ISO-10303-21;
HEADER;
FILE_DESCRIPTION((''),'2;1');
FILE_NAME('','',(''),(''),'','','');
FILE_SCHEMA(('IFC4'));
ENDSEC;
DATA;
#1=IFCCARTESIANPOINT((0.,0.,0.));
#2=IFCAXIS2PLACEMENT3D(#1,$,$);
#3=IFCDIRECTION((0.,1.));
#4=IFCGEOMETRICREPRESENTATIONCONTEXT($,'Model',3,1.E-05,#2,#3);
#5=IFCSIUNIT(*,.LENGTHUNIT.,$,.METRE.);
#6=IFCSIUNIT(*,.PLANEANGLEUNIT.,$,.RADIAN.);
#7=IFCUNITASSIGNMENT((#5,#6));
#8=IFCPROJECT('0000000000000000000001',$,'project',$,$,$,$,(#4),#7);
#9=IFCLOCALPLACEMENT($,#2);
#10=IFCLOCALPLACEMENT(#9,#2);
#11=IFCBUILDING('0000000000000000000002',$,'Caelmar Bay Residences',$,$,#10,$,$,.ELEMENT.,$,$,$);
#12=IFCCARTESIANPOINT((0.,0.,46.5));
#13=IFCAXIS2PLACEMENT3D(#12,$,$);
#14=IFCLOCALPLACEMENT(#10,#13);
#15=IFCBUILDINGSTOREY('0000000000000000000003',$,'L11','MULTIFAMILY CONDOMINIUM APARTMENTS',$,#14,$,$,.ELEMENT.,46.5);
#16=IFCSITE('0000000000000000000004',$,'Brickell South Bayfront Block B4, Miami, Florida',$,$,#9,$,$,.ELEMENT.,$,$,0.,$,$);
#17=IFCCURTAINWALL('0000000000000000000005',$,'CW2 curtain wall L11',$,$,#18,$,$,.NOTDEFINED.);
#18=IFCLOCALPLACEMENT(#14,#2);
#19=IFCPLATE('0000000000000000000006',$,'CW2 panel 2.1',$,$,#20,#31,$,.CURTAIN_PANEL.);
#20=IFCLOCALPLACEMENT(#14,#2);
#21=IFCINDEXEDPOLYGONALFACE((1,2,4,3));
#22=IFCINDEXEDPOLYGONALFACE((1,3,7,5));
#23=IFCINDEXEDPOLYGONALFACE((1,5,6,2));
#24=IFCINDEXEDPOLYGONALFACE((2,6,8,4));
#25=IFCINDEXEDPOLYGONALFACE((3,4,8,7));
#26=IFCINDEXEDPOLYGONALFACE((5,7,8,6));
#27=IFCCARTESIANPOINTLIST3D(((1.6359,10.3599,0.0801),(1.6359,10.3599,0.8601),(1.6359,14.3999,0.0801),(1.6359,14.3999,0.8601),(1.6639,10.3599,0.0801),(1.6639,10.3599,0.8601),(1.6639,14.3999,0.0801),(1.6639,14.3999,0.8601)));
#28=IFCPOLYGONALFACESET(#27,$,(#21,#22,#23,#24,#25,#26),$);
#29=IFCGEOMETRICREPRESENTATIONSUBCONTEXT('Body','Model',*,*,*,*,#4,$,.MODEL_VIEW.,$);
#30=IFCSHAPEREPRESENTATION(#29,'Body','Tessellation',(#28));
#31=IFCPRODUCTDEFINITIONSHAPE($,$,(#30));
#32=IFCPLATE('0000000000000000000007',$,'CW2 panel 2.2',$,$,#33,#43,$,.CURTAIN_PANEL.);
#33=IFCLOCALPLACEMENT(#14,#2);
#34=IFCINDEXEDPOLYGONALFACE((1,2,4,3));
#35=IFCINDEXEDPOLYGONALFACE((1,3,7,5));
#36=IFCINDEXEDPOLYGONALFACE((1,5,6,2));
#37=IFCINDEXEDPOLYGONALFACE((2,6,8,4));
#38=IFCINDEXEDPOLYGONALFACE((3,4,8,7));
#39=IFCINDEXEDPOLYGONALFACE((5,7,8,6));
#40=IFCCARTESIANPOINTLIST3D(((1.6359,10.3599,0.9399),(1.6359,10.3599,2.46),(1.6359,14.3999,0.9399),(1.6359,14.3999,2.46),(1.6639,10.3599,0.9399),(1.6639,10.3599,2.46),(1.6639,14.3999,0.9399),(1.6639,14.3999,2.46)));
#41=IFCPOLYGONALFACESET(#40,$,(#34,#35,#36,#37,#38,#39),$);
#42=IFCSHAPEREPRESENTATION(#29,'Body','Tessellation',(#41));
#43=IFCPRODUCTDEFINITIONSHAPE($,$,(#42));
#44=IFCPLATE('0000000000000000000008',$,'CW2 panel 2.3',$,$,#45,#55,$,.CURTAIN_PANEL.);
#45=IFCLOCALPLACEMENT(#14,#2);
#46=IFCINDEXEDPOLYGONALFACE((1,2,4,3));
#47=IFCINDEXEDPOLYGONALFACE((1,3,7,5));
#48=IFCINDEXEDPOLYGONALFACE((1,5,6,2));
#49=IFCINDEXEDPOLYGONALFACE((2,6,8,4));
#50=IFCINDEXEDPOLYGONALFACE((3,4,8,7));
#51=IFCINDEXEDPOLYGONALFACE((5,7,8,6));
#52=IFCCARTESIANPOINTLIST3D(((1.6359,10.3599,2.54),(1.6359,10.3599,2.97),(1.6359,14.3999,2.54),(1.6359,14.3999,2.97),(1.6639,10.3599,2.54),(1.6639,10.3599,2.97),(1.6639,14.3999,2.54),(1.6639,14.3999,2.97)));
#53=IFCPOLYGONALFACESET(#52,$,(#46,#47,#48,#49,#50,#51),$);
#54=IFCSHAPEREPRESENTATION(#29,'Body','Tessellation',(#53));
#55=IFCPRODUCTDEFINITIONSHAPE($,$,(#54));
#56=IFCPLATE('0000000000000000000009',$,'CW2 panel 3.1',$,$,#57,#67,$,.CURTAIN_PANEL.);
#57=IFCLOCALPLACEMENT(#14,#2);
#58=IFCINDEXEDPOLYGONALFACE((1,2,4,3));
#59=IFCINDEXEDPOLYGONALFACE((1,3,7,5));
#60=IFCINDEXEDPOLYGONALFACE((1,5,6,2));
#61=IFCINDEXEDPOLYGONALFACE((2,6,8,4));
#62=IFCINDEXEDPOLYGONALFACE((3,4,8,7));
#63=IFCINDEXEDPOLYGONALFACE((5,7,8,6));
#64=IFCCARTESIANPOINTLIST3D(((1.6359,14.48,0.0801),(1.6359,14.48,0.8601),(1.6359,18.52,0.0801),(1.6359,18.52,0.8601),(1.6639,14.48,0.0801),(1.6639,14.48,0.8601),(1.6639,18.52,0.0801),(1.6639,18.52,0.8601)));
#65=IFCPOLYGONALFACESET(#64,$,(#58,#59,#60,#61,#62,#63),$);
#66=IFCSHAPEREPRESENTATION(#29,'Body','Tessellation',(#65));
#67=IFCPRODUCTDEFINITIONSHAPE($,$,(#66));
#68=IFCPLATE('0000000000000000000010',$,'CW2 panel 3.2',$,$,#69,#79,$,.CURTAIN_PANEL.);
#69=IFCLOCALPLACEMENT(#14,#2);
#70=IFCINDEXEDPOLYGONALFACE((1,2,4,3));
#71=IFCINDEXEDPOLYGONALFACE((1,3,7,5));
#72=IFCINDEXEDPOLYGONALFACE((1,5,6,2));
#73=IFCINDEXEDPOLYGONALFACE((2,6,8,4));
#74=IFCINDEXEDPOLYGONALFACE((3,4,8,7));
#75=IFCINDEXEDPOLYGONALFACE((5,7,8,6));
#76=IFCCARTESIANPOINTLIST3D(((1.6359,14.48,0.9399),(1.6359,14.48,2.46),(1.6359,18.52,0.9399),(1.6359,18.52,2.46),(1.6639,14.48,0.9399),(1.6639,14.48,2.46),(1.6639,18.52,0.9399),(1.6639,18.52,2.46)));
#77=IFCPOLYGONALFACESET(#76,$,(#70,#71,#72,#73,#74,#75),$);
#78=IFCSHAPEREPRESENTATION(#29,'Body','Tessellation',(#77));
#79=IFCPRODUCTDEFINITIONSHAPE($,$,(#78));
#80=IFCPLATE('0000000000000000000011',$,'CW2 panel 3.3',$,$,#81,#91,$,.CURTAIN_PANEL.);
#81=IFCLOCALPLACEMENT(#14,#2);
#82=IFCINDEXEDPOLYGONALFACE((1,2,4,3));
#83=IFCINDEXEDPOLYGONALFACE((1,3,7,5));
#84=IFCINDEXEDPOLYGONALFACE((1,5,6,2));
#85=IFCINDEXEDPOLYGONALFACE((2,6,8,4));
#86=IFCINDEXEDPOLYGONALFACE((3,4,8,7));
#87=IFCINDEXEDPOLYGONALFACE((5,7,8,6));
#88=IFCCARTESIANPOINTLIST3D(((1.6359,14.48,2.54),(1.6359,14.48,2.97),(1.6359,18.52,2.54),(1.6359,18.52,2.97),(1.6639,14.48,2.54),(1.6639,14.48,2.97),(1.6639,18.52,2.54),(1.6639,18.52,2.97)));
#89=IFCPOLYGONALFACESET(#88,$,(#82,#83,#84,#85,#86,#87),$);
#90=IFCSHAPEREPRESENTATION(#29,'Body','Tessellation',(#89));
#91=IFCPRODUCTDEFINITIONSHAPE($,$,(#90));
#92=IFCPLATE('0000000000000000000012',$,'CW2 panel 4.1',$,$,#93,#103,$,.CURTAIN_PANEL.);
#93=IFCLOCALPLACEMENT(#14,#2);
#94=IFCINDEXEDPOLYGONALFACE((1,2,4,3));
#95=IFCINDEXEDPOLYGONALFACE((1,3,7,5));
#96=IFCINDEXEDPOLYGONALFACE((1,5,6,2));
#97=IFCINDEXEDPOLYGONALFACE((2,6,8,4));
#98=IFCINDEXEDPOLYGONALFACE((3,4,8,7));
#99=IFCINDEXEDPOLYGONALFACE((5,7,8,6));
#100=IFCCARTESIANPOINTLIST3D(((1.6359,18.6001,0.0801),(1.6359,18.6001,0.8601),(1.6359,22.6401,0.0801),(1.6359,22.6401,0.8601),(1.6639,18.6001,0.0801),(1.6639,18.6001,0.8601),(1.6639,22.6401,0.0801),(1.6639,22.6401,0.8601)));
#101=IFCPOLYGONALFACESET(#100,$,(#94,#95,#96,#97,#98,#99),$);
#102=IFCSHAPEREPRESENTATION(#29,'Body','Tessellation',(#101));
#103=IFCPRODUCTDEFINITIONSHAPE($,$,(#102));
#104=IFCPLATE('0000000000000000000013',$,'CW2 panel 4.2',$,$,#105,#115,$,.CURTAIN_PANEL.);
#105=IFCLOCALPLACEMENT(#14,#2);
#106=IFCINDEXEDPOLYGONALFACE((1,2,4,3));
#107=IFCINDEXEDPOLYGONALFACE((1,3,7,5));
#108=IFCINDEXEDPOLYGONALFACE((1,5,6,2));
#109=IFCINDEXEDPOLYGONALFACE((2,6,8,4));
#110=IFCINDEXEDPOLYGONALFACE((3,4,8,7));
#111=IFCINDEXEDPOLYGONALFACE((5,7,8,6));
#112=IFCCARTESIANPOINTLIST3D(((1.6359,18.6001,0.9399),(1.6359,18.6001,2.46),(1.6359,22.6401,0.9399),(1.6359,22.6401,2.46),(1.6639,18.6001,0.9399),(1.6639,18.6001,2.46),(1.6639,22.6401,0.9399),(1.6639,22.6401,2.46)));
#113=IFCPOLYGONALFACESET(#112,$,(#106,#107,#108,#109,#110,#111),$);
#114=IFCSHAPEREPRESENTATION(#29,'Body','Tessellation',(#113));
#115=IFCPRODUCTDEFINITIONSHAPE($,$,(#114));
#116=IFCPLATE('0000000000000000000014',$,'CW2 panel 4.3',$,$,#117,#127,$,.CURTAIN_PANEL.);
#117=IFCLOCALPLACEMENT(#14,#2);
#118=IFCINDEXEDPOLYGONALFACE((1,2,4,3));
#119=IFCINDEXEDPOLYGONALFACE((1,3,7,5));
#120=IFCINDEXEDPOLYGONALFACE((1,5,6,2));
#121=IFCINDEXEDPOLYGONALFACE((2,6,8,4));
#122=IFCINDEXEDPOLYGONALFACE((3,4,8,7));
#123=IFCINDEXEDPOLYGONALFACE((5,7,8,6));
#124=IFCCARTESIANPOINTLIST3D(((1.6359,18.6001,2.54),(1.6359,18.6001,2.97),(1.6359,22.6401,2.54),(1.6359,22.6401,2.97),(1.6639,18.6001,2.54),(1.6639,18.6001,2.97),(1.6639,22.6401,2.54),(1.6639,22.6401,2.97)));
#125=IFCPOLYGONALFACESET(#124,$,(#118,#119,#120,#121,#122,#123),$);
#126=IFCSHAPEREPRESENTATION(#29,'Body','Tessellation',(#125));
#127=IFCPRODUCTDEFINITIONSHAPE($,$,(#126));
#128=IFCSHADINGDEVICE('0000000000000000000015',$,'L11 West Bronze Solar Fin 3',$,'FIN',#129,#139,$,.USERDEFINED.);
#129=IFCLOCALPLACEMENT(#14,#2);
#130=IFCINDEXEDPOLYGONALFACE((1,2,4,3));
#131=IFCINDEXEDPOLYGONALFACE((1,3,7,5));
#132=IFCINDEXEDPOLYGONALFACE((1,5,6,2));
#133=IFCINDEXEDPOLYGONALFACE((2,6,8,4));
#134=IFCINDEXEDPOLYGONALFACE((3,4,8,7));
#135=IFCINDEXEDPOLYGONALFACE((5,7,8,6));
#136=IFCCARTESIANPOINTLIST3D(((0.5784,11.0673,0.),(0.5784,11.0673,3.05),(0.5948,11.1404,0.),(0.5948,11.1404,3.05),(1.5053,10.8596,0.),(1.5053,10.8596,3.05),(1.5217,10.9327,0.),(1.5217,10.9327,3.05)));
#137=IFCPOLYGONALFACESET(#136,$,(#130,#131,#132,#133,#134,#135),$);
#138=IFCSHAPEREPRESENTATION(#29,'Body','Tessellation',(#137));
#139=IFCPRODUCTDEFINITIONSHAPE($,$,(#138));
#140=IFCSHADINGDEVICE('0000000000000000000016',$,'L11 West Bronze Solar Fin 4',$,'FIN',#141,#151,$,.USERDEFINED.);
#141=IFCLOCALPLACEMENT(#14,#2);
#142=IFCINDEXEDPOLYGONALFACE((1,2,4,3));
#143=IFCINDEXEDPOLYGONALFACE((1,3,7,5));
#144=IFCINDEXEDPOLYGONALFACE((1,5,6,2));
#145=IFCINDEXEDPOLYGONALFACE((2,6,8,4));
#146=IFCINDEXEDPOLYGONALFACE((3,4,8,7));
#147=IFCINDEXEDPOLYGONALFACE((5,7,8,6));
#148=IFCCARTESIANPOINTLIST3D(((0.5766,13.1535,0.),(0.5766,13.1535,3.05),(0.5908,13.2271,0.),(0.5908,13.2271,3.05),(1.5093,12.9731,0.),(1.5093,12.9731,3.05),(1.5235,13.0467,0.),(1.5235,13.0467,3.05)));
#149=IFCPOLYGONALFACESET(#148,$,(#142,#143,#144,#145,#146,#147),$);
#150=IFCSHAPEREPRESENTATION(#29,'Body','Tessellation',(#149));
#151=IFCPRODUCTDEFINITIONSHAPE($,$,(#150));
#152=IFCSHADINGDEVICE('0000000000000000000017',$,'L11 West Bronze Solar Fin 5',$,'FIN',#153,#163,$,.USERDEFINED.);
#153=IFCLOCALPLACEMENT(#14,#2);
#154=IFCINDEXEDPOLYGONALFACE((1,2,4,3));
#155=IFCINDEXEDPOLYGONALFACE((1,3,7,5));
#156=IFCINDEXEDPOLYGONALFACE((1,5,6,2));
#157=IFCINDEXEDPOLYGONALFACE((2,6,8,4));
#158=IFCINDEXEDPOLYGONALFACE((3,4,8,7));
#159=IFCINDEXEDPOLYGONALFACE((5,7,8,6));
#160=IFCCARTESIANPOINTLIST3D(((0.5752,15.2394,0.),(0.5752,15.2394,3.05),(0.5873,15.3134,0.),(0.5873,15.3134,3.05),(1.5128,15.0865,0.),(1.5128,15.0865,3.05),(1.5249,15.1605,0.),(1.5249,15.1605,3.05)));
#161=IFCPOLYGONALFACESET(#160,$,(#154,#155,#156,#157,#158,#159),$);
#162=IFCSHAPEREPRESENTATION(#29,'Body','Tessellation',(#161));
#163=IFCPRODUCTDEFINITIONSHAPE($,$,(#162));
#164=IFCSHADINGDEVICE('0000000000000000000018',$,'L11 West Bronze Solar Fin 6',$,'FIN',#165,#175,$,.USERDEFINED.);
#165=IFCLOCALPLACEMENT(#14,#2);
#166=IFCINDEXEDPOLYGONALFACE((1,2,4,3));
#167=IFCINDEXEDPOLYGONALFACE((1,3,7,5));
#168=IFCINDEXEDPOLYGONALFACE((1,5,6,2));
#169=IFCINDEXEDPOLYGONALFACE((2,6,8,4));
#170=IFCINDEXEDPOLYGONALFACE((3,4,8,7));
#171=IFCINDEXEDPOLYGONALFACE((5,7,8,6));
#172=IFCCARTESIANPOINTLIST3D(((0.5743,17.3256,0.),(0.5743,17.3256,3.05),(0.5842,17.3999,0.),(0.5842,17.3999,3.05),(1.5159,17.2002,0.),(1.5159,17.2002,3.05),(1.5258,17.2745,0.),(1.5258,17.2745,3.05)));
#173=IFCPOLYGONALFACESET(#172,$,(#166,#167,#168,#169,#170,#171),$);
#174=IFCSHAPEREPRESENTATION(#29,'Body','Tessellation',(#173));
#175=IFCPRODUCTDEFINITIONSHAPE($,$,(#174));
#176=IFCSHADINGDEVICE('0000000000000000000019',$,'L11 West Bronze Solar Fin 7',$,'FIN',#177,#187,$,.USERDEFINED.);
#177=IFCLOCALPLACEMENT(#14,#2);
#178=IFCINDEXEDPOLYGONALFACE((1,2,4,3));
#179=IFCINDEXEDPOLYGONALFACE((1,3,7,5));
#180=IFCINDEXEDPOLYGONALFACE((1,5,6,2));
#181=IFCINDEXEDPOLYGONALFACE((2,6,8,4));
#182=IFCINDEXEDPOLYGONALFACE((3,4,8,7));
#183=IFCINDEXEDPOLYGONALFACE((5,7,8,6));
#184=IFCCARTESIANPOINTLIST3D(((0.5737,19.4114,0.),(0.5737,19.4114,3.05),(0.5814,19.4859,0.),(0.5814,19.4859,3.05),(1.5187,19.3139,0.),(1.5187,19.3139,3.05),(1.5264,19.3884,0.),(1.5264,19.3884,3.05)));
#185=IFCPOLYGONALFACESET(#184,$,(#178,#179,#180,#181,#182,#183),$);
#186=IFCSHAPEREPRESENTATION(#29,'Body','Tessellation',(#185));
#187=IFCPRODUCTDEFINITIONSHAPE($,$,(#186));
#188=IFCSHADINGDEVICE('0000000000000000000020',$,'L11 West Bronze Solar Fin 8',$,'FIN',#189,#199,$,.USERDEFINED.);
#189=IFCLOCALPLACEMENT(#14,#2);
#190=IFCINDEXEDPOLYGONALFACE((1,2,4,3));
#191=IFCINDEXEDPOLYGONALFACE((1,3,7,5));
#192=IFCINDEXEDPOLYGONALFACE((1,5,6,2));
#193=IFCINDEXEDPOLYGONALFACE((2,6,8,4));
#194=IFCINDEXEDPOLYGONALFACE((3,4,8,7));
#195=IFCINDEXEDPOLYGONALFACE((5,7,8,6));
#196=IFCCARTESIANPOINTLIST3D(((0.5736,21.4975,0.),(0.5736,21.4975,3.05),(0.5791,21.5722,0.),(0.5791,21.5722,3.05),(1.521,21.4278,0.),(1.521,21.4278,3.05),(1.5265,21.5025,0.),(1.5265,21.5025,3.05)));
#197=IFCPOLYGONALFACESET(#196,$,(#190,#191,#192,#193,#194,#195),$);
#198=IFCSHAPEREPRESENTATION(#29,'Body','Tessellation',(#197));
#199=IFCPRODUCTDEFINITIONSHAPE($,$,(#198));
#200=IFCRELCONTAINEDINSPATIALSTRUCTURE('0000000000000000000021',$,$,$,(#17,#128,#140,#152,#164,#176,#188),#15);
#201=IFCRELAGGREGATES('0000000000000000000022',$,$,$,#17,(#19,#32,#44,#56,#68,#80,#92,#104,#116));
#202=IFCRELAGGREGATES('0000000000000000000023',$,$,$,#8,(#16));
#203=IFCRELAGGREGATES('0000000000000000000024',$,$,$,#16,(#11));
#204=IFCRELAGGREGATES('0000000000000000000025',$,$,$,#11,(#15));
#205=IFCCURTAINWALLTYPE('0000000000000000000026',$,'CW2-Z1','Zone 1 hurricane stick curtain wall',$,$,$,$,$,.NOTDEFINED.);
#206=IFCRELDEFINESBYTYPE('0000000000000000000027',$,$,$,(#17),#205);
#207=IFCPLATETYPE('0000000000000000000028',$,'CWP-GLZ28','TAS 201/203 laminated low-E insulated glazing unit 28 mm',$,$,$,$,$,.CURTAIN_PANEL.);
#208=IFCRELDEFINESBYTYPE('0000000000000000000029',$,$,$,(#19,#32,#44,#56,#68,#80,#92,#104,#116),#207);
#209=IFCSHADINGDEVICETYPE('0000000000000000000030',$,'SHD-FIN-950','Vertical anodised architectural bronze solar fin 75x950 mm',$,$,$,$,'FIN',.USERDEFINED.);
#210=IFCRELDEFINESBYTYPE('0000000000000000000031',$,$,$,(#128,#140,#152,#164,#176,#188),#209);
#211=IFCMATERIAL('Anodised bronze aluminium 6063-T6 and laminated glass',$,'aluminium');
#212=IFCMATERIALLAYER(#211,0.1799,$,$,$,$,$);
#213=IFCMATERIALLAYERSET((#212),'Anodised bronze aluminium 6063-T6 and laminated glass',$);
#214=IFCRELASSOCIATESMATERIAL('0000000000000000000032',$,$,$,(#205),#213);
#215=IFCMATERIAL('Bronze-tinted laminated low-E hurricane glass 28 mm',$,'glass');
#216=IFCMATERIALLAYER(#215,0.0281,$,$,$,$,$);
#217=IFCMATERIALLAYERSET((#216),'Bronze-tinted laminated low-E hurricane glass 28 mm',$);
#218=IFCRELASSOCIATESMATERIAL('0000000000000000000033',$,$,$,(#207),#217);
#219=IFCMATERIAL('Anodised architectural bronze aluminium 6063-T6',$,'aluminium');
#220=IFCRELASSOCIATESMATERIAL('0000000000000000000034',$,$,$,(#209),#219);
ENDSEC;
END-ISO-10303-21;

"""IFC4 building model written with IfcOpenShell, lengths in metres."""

from ifc_helpers import new_model, si_unit, direction, frame, origin, origin_2d, place, context, subcontext, project, spatial, rectangle, extrude, material, layer, layer_set, material_profile, profile_set, type_object, element, aggregate, save


model = new_model("IFC4")

# Units and contexts
model_context = context("Model", 3, precision=1e-05, world=origin(), true_north=direction((0.0, 1.0)))
body_context = subcontext(model_context, "Body", "Model", "MODEL_VIEW")
ifc_project = project(units=[si_unit("LENGTHUNIT", "METRE"), si_unit("PLANEANGLEUNIT", "RADIAN")], contexts=[model_context])

# Site, building, storey
site_placement = place(None, origin())
site = spatial("IfcSite", under=ifc_project, at=site_placement, Name="Brickell South Bayfront Block B4, Miami, Florida", CompositionType="ELEMENT", RefElevation=0.0)
building_placement = place(site_placement, origin())
building = spatial("IfcBuilding", under=site, at=building_placement, Name="Caelmar Bay Residences", CompositionType="ELEMENT")
storey_placement = place(building_placement, frame((0.0, 0.0, 46.5)))
storey = spatial("IfcBuildingStorey", under=building, at=storey_placement, Name="L11", Description="MULTIFAMILY CONDOMINIUM APARTMENTS", CompositionType="ELEMENT", Elevation=46.5)

# Curtain wall, plates
ifc_material_1 = material(Name="Anodised bronze aluminium 6063-T6 and laminated glass", Category="aluminium")
ifc_layer_1 = layer(ifc_material_1, 0.1799)
ifc_layer_set_1 = layer_set([ifc_layer_1], Name="Anodised bronze aluminium 6063-T6 and laminated glass")
curtain_wall_type = type_object("IfcCurtainWallType", Name="CW2-Z1", Description="Zone 1 hurricane stick curtain wall", PredefinedType="NOTDEFINED", material=ifc_layer_set_1)
curtain_wall_placement = place(storey_placement, origin())
curtain_wall = element("IfcCurtainWall", 1, at=curtain_wall_placement, inside=storey, type_object=curtain_wall_type, Name="CW2 curtain wall L11", PredefinedType="NOTDEFINED")
ifc_material_2 = material(Name="Bronze-tinted laminated low-E hurricane glass 28 mm", Category="glass")
ifc_layer_2 = layer(ifc_material_2, 0.0281)
ifc_layer_set_2 = layer_set([ifc_layer_2], Name="Bronze-tinted laminated low-E hurricane glass 28 mm")
plate_type = type_object("IfcPlateType", Name="CWP-GLZ28", Description="TAS 201/203 laminated low-E insulated glazing unit 28 mm", PredefinedType="CURTAIN_PANEL", material=ifc_layer_set_2)
plate_1_placement = place(storey_placement, frame((1.6499, 12.3799, 0.0801), z_axis=(0.0, 0.0, 1.0), x_axis=(0.0, 1.0, 0.0)))
plate_1 = element("IfcPlate", 2, at=plate_1_placement, type_object=plate_type, Name="CW2 panel 2.1", PredefinedType="CURTAIN_PANEL", context=body_context, shape_type="SweptSolid", body=[
    extrude(rectangle(XDim=4.04, YDim=0.0281, at=origin_2d()), origin(), (0.0, 0.0, 1.0), 0.78),
])
plate_2_placement = place(storey_placement, frame((1.6499, 12.3799, 0.9399), z_axis=(0.0, 0.0, 1.0), x_axis=(0.0, 1.0, 0.0)))
plate_2 = element("IfcPlate", 3, at=plate_2_placement, type_object=plate_type, Name="CW2 panel 2.2", PredefinedType="CURTAIN_PANEL", context=body_context, shape_type="SweptSolid", body=[
    extrude(rectangle(XDim=4.04, YDim=0.0281, at=origin_2d()), origin(), (0.0, 0.0, 1.0), 1.52),
])
plate_3_placement = place(storey_placement, frame((1.6499, 12.3799, 2.54), z_axis=(0.0, 0.0, 1.0), x_axis=(0.0, 1.0, 0.0)))
plate_3 = element("IfcPlate", 4, at=plate_3_placement, type_object=plate_type, Name="CW2 panel 2.3", PredefinedType="CURTAIN_PANEL", context=body_context, shape_type="SweptSolid", body=[
    extrude(rectangle(XDim=4.04, YDim=0.0281, at=origin_2d()), origin(), (0.0, 0.0, 1.0), 0.4299),
])
plate_4_placement = place(storey_placement, frame((1.6499, 16.5, 0.0801), z_axis=(0.0, 0.0, 1.0), x_axis=(0.0, 1.0, 0.0)))
plate_4 = element("IfcPlate", 5, at=plate_4_placement, type_object=plate_type, Name="CW2 panel 3.1", PredefinedType="CURTAIN_PANEL", context=body_context, shape_type="SweptSolid", body=[
    extrude(rectangle(XDim=4.04, YDim=0.0281, at=origin_2d()), origin(), (0.0, 0.0, 1.0), 0.78),
])
plate_5_placement = place(storey_placement, frame((1.6499, 16.5, 0.9399), z_axis=(0.0, 0.0, 1.0), x_axis=(0.0, 1.0, 0.0)))
plate_5 = element("IfcPlate", 6, at=plate_5_placement, type_object=plate_type, Name="CW2 panel 3.2", PredefinedType="CURTAIN_PANEL", context=body_context, shape_type="SweptSolid", body=[
    extrude(rectangle(XDim=4.04, YDim=0.0281, at=origin_2d()), origin(), (0.0, 0.0, 1.0), 1.52),
])
plate_6_placement = place(storey_placement, frame((1.6499, 16.5, 2.54), z_axis=(0.0, 0.0, 1.0), x_axis=(0.0, 1.0, 0.0)))
plate_6 = element("IfcPlate", 7, at=plate_6_placement, type_object=plate_type, Name="CW2 panel 3.3", PredefinedType="CURTAIN_PANEL", context=body_context, shape_type="SweptSolid", body=[
    extrude(rectangle(XDim=4.04, YDim=0.0281, at=origin_2d()), origin(), (0.0, 0.0, 1.0), 0.4299),
])
plate_7_placement = place(storey_placement, frame((1.6499, 20.6201, 0.0801), z_axis=(0.0, 0.0, 1.0), x_axis=(0.0, 1.0, 0.0)))
plate_7 = element("IfcPlate", 8, at=plate_7_placement, type_object=plate_type, Name="CW2 panel 4.1", PredefinedType="CURTAIN_PANEL", context=body_context, shape_type="SweptSolid", body=[
    extrude(rectangle(XDim=4.04, YDim=0.0281, at=origin_2d()), origin(), (0.0, 0.0, 1.0), 0.78),
])
plate_8_placement = place(storey_placement, frame((1.6499, 20.6201, 0.9399), z_axis=(0.0, 0.0, 1.0), x_axis=(0.0, 1.0, 0.0)))
plate_8 = element("IfcPlate", 9, at=plate_8_placement, type_object=plate_type, Name="CW2 panel 4.2", PredefinedType="CURTAIN_PANEL", context=body_context, shape_type="SweptSolid", body=[
    extrude(rectangle(XDim=4.04, YDim=0.0281, at=origin_2d()), origin(), (0.0, 0.0, 1.0), 1.52),
])
plate_9_placement = place(storey_placement, frame((1.6499, 20.6201, 2.54), z_axis=(0.0, 0.0, 1.0), x_axis=(0.0, 1.0, 0.0)))
plate_9 = element("IfcPlate", 10, at=plate_9_placement, type_object=plate_type, Name="CW2 panel 4.3", PredefinedType="CURTAIN_PANEL", context=body_context, shape_type="SweptSolid", body=[
    extrude(rectangle(XDim=4.04, YDim=0.0281, at=origin_2d()), origin(), (0.0, 0.0, 1.0), 0.4299),
])
aggregate(curtain_wall, [plate_1, plate_2, plate_3, plate_4, plate_5, plate_6, plate_7, plate_8, plate_9])

# Shading devices
ifc_material_3 = material(Name="Anodised architectural bronze aluminium 6063-T6", Category="aluminium")
ifc_material_profile_1 = material_profile(ifc_material_3, rectangle(XDim=0.075, YDim=0.95, at=origin_2d()), Name="BRONZE-FIN-75X950")
ifc_profile_set_1 = profile_set([ifc_material_profile_1], Name="Anodised architectural bronze aluminium 6063-T6")
shading_device_type = type_object("IfcShadingDeviceType", Name="SHD-FIN-950", Description="Vertical anodised architectural bronze solar fin 75x950 mm", ElementType="FIN", PredefinedType="USERDEFINED", material=ifc_profile_set_1)
for number, where, z_axis, x_axis, name in (
    (11, (1.05, 11.0, 0.0), (0.0, 0.0, 1.0), (0.218654, 0.975802, 0.0), "L11 West Bronze Solar Fin 3"),
    (12, (1.05, 13.1001, 0.0), (0.0, 0.0, 1.0), (0.189952, 0.981793, 0.0), "L11 West Bronze Solar Fin 4"),
    (13, (1.05, 15.2, 0.0), (0.0, 0.0, 1.0), (0.160915, 0.986968, 0.0), "L11 West Bronze Solar Fin 5"),
    (14, (1.05, 17.3, 0.0), (0.0, 0.0, 1.0), (0.13191, 0.991262, 0.0), "L11 West Bronze Solar Fin 6"),
    (15, (1.05, 19.3999, 0.0), (0.0, 0.0, 1.0), (0.102619, 0.994721, 0.0), "L11 West Bronze Solar Fin 7"),
    (16, (1.05, 21.5, 0.0), (0.0, 0.0, 1.0), (0.073412, 0.997302, 0.0), "L11 West Bronze Solar Fin 8"),
):
    element("IfcShadingDevice", number, at=place(storey_placement, frame(where, z_axis=z_axis, x_axis=x_axis)), inside=storey, type_object=shading_device_type, Name=name, ObjectType="FIN", PredefinedType="USERDEFINED", context=body_context, shape_type="SweptSolid", body=[
        extrude(rectangle(XDim=0.075, YDim=0.95, at=origin_2d()), origin(), (0.0, 0.0, 1.0), 3.05),
    ])

save(model, "model.ifc")
